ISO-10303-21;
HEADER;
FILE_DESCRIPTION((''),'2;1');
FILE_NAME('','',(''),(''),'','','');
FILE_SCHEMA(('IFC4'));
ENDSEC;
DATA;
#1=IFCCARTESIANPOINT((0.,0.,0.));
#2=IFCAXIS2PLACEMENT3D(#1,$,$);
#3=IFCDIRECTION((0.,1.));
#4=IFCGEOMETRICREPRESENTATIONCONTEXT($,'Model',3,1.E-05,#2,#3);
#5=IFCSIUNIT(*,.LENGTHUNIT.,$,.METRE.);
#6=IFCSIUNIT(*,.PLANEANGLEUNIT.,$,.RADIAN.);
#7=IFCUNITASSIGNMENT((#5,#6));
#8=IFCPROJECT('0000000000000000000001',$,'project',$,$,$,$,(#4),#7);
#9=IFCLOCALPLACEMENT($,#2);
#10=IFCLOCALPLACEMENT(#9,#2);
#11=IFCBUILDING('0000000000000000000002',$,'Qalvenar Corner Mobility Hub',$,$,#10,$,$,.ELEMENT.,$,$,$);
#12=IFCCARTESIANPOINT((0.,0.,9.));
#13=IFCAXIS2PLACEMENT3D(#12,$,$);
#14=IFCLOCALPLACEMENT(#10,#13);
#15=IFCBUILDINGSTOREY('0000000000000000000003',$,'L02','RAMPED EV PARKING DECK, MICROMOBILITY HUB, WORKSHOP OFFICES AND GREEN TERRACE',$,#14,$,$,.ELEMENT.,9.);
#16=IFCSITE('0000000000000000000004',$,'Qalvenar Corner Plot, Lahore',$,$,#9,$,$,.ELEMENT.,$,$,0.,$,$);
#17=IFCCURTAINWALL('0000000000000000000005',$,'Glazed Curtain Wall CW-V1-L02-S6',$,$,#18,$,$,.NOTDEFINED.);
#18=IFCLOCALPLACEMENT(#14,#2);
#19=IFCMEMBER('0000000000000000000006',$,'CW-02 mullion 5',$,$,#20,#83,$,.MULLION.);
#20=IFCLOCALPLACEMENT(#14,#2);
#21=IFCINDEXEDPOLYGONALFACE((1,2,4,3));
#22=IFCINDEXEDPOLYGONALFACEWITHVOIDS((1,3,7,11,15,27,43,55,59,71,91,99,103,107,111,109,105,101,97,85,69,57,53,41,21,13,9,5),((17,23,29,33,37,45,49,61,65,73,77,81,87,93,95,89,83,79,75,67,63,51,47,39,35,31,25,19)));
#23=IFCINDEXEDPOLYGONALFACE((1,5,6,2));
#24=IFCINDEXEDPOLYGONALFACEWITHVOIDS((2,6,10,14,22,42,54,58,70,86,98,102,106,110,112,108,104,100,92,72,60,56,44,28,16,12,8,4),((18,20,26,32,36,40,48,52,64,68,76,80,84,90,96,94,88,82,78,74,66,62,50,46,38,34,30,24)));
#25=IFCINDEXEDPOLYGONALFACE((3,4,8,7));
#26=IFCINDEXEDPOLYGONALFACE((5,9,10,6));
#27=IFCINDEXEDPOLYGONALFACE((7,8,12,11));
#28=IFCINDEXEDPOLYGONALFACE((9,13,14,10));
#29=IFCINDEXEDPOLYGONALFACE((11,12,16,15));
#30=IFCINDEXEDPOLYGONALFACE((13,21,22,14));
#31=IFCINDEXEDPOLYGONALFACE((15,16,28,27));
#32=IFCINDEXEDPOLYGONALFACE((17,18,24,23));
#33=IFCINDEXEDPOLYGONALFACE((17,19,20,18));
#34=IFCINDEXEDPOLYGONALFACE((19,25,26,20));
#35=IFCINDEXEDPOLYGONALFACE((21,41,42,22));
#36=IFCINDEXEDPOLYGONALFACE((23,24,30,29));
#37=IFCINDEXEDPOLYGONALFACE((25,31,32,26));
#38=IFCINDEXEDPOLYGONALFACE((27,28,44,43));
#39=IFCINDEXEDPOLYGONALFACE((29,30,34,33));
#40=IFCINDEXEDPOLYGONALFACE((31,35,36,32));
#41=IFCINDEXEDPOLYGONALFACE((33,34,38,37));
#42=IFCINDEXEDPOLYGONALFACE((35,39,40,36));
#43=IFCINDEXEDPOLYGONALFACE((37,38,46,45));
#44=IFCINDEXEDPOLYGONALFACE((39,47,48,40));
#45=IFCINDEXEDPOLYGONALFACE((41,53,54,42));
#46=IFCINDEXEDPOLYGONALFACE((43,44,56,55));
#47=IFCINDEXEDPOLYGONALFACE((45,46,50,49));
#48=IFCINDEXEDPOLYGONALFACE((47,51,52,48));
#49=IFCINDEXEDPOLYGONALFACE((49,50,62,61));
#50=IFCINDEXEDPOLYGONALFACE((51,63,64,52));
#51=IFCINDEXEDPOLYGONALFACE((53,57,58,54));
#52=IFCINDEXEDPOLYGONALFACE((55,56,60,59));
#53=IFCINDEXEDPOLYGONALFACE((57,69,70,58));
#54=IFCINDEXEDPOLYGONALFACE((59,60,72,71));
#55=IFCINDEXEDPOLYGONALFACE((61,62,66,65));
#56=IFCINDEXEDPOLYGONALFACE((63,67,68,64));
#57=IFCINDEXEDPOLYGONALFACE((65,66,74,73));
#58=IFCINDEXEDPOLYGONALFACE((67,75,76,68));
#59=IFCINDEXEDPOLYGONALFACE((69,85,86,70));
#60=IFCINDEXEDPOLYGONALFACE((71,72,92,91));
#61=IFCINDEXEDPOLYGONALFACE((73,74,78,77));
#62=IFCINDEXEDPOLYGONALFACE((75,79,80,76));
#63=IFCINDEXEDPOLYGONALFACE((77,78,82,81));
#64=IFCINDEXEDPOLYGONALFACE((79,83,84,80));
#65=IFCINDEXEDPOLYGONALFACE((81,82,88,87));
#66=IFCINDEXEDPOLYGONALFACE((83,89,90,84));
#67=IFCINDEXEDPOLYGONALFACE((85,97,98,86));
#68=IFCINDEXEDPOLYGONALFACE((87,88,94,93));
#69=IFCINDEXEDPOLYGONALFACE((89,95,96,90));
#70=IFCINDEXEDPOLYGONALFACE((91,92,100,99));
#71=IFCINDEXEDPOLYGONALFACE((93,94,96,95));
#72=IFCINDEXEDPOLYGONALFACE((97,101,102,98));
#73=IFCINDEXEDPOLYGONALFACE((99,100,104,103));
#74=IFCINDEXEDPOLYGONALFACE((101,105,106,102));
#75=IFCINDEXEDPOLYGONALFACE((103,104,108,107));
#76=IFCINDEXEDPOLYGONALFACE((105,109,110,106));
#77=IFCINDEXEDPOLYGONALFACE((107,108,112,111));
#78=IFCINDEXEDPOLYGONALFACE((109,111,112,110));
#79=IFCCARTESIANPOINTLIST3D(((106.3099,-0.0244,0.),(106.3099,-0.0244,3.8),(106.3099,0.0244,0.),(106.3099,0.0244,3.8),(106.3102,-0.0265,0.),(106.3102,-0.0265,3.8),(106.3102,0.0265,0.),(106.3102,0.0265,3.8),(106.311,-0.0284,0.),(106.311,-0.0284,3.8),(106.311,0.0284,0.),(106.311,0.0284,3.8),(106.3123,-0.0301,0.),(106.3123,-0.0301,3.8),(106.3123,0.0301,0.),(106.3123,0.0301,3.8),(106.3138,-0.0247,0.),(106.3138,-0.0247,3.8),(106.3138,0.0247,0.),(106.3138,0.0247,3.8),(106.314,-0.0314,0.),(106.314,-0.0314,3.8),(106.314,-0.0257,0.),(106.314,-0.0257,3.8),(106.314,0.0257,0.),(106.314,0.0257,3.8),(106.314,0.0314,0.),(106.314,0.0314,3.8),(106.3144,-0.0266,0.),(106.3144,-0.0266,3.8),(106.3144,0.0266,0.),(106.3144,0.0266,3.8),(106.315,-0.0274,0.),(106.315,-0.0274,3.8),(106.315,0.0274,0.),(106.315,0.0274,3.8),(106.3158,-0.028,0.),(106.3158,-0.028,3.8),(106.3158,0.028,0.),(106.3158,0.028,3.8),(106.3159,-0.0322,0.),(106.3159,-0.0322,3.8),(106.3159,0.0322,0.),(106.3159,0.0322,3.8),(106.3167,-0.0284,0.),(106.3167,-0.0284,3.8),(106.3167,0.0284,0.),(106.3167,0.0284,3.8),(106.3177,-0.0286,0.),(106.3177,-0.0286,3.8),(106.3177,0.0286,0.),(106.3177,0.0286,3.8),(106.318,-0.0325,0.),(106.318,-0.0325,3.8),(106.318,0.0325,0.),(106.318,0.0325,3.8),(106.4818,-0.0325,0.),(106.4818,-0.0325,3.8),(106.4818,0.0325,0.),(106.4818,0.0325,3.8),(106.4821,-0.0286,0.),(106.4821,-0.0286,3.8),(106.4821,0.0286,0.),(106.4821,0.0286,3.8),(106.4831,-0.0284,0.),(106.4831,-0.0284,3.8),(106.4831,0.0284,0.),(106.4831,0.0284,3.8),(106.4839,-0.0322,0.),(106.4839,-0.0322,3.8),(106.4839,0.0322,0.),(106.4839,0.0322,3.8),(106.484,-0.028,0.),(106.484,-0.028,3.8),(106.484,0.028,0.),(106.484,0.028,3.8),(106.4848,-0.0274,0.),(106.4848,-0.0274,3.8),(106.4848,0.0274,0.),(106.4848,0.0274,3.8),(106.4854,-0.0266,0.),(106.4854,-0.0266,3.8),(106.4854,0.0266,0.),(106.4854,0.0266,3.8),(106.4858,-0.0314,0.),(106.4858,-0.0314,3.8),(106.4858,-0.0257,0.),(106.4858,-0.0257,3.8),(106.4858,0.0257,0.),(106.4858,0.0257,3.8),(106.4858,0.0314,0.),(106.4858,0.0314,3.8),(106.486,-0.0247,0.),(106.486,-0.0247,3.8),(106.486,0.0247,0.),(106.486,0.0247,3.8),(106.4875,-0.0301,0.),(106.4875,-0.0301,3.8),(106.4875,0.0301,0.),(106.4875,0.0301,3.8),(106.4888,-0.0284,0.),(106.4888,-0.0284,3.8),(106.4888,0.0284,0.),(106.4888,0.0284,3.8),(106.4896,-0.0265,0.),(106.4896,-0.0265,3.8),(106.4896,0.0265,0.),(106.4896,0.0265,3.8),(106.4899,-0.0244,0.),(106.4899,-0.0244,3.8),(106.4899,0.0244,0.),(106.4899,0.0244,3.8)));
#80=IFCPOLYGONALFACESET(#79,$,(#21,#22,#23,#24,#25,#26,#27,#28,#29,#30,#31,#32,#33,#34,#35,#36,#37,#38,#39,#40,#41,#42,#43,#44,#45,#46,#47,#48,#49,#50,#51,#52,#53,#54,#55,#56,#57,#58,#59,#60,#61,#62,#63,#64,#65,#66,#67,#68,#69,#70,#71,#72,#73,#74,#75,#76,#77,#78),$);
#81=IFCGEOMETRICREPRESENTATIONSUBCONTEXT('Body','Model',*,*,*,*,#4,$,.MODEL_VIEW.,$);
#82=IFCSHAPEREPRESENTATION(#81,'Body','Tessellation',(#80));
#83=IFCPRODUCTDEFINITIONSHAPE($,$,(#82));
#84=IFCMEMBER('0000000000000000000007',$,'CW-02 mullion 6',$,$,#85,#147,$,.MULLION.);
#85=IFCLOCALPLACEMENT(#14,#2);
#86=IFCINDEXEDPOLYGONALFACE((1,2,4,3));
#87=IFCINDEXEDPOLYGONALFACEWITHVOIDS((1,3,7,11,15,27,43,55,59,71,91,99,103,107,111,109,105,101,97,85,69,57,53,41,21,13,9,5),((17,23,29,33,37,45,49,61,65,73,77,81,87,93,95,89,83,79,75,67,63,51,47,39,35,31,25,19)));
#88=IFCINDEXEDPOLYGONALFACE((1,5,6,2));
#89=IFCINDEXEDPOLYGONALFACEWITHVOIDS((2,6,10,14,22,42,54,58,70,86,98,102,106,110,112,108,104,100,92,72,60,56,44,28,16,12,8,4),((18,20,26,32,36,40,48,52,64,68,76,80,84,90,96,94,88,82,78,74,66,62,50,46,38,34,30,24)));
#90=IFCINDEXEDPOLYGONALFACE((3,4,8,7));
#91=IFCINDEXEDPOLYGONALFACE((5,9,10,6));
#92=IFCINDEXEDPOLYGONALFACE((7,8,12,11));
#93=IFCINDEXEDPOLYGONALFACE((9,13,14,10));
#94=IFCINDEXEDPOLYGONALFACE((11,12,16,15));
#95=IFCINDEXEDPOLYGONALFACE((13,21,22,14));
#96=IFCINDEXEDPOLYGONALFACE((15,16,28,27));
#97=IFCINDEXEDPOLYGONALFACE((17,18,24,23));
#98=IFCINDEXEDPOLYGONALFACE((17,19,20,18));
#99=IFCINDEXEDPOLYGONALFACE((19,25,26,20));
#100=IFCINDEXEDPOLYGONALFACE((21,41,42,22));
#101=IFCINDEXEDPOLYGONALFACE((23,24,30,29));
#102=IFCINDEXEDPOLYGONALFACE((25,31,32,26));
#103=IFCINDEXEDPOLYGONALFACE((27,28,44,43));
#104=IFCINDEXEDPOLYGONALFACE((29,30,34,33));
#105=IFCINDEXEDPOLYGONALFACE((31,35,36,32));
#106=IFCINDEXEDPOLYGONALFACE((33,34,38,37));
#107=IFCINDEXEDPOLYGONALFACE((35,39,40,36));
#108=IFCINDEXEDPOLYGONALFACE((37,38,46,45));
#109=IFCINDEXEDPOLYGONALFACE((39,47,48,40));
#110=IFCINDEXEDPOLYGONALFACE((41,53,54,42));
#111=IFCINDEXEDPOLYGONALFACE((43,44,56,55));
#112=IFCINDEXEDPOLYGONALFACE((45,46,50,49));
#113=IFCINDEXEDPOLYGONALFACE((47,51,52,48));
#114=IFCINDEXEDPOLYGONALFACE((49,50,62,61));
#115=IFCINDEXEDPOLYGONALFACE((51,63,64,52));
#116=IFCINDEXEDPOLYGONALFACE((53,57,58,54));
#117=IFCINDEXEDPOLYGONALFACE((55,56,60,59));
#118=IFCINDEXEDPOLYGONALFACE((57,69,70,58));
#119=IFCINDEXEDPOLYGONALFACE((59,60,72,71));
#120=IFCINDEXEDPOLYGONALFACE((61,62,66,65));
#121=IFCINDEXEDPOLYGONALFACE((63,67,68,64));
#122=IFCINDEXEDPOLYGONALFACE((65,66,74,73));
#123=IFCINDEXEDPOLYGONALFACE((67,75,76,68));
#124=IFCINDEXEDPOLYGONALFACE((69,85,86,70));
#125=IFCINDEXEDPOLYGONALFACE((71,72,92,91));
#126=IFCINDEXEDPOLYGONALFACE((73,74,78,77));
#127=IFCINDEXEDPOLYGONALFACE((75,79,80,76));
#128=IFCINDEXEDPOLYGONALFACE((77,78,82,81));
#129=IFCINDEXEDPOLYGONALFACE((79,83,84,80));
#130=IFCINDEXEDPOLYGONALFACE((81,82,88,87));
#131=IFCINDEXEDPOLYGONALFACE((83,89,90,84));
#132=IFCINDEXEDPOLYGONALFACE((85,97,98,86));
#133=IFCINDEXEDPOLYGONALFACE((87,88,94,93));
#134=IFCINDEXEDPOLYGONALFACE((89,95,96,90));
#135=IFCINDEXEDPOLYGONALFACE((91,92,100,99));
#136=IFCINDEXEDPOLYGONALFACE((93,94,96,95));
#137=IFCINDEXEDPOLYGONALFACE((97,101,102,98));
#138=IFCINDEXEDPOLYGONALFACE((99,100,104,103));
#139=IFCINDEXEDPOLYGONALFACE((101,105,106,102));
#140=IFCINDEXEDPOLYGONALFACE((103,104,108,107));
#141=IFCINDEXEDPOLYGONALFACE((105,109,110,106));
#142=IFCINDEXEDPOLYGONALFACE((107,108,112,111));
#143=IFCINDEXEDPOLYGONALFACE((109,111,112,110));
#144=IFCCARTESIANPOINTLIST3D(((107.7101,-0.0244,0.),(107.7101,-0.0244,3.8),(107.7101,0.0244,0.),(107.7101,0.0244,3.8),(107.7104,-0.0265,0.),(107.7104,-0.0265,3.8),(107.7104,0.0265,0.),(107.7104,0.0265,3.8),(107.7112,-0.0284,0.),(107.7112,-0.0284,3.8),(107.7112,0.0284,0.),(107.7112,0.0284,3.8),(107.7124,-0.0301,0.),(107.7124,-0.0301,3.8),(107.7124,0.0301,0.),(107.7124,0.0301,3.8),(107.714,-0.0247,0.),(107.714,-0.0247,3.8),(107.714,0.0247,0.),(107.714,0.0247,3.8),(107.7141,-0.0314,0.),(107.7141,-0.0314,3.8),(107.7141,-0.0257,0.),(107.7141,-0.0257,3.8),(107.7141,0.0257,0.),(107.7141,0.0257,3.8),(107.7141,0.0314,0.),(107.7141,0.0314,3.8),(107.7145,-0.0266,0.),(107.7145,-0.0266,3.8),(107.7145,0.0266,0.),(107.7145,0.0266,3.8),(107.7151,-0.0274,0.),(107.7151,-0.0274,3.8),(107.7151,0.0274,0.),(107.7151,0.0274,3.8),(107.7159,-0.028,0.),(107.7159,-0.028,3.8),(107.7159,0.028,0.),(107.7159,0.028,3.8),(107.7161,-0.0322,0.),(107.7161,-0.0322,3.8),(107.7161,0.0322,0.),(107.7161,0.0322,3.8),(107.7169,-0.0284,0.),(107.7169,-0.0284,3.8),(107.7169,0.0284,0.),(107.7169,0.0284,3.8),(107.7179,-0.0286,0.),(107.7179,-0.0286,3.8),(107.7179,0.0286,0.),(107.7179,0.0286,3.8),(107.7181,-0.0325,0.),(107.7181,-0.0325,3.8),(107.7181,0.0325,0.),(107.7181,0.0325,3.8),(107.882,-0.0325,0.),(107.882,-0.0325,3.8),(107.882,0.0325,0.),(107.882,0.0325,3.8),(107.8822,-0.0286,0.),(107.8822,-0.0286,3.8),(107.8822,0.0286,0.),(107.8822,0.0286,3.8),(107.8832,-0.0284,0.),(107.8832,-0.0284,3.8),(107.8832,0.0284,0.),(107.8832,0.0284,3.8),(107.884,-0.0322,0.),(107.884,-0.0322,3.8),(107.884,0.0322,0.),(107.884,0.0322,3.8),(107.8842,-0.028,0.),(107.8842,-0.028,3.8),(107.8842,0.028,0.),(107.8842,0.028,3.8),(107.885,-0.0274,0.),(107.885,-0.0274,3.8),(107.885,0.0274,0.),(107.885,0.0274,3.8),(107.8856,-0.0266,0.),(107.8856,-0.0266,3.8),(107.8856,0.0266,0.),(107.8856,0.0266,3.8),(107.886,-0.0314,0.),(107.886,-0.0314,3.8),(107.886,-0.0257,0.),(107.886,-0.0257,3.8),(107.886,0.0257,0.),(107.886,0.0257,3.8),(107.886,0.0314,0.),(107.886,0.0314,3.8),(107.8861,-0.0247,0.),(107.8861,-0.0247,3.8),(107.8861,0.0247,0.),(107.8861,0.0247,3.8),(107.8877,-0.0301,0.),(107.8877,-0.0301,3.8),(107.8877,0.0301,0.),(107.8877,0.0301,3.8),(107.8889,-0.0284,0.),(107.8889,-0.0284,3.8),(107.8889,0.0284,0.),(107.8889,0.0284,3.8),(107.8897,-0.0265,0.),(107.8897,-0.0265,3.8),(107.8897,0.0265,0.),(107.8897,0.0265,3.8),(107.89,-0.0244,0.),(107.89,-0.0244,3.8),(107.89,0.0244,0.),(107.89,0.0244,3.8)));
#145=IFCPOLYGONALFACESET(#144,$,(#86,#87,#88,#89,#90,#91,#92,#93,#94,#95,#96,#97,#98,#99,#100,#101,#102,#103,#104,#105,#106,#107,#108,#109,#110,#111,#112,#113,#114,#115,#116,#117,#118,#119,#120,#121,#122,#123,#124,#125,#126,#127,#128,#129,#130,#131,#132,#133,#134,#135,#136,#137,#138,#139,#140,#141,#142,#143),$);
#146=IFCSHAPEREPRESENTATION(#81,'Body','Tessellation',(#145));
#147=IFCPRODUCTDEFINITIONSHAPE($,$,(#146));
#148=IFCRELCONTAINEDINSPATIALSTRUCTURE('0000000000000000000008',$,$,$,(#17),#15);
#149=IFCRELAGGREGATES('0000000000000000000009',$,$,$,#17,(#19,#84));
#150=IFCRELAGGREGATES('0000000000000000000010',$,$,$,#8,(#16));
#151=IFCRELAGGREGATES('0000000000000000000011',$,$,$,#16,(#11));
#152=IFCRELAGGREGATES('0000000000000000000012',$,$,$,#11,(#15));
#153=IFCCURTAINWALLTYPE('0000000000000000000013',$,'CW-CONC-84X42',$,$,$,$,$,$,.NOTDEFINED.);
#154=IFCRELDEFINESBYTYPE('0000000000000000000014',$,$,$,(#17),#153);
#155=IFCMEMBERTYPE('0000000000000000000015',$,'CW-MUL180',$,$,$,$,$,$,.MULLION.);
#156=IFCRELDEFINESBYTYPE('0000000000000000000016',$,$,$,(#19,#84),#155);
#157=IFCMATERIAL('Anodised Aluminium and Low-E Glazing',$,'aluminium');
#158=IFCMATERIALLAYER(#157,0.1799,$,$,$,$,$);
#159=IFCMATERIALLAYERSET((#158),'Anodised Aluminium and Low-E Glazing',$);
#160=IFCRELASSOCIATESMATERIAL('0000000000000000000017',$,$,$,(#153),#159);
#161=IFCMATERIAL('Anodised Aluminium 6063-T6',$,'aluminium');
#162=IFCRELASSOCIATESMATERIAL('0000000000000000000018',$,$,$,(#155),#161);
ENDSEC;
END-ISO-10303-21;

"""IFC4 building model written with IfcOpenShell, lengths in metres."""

from ifc_helpers import new_model, si_unit, direction, frame, origin, origin_2d, place, context, subcontext, project, spatial, hollow_rectangle, extrude, material, layer, layer_set, material_profile, profile_set, type_object, element, aggregate, save


model = new_model("IFC4")

# Units and contexts
model_context = context("Model", 3, precision=1e-05, world=origin(), true_north=direction((0.0, 1.0)))
body_context = subcontext(model_context, "Body", "Model", "MODEL_VIEW")
ifc_project = project(units=[si_unit("LENGTHUNIT", "METRE"), si_unit("PLANEANGLEUNIT", "RADIAN")], contexts=[model_context])

# Site, building, storey
site_placement = place(None, origin())
site = spatial("IfcSite", under=ifc_project, at=site_placement, Name="Qalvenar Corner Plot, Lahore", CompositionType="ELEMENT", RefElevation=0.0)
building_placement = place(site_placement, origin())
building = spatial("IfcBuilding", under=site, at=building_placement, Name="Qalvenar Corner Mobility Hub", CompositionType="ELEMENT")
storey_placement = place(building_placement, frame((0.0, 0.0, 9.0)))
storey = spatial("IfcBuildingStorey", under=building, at=storey_placement, Name="L02", Description="RAMPED EV PARKING DECK, MICROMOBILITY HUB, WORKSHOP OFFICES AND GREEN TERRACE", CompositionType="ELEMENT", Elevation=9.0)

# Curtain wall, members
ifc_material_1 = material(Name="Anodised Aluminium and Low-E Glazing", Category="aluminium")
ifc_layer_1 = layer(ifc_material_1, 0.1799)
ifc_layer_set_1 = layer_set([ifc_layer_1], Name="Anodised Aluminium and Low-E Glazing")
curtain_wall_type = type_object("IfcCurtainWallType", Name="CW-CONC-84X42", PredefinedType="NOTDEFINED", material=ifc_layer_set_1)
curtain_wall_placement = place(storey_placement, origin())
curtain_wall = element("IfcCurtainWall", 1, at=curtain_wall_placement, inside=storey, type_object=curtain_wall_type, Name="Glazed Curtain Wall CW-V1-L02-S6", PredefinedType="NOTDEFINED")
ifc_material_2 = material(Name="Anodised Aluminium 6063-T6", Category="aluminium")
ifc_material_profile_1 = material_profile(ifc_material_2, hollow_rectangle(XDim=0.0649, YDim=0.1799, WallThickness=0.0039, InnerFilletRadius=0.0039, OuterFilletRadius=0.0081, at=origin_2d()), Name="RHS180x65x4")
ifc_profile_set_1 = profile_set([ifc_material_profile_1], Name="Anodised Aluminium 6063-T6")
member_type_1 = type_object("IfcMemberType", Name="CW-MUL180", PredefinedType="MULLION", material=ifc_profile_set_1)
member_1_placement = place(storey_placement, frame((106.3999, 0.0, 0.0), z_axis=(0.0, 0.0, 1.0), x_axis=(0.0, 1.0, 0.0)))
member_1 = element("IfcMember", 2, at=member_1_placement, type_object=member_type_1, Name="CW-02 mullion 5", PredefinedType="MULLION", context=body_context, shape_type="SweptSolid", body=[
    extrude(hollow_rectangle(XDim=0.0649, YDim=0.1799, WallThickness=0.0039, InnerFilletRadius=0.0039, OuterFilletRadius=0.0081, at=origin_2d()), origin(), (0.0, 0.0, 1.0), 3.8),
])
member_2_placement = place(storey_placement, frame((107.8, 0.0, 0.0), z_axis=(0.0, 0.0, 1.0), x_axis=(0.0, 1.0, 0.0)))
member_2 = element("IfcMember", 3, at=member_2_placement, type_object=member_type_1, Name="CW-02 mullion 6", PredefinedType="MULLION", context=body_context, shape_type="SweptSolid", body=[
    extrude(hollow_rectangle(XDim=0.0649, YDim=0.1799, WallThickness=0.0039, InnerFilletRadius=0.0039, OuterFilletRadius=0.0081, at=origin_2d()), origin(), (0.0, 0.0, 1.0), 3.8),
])
aggregate(curtain_wall, [member_1, member_2])

save(model, "model.ifc")
